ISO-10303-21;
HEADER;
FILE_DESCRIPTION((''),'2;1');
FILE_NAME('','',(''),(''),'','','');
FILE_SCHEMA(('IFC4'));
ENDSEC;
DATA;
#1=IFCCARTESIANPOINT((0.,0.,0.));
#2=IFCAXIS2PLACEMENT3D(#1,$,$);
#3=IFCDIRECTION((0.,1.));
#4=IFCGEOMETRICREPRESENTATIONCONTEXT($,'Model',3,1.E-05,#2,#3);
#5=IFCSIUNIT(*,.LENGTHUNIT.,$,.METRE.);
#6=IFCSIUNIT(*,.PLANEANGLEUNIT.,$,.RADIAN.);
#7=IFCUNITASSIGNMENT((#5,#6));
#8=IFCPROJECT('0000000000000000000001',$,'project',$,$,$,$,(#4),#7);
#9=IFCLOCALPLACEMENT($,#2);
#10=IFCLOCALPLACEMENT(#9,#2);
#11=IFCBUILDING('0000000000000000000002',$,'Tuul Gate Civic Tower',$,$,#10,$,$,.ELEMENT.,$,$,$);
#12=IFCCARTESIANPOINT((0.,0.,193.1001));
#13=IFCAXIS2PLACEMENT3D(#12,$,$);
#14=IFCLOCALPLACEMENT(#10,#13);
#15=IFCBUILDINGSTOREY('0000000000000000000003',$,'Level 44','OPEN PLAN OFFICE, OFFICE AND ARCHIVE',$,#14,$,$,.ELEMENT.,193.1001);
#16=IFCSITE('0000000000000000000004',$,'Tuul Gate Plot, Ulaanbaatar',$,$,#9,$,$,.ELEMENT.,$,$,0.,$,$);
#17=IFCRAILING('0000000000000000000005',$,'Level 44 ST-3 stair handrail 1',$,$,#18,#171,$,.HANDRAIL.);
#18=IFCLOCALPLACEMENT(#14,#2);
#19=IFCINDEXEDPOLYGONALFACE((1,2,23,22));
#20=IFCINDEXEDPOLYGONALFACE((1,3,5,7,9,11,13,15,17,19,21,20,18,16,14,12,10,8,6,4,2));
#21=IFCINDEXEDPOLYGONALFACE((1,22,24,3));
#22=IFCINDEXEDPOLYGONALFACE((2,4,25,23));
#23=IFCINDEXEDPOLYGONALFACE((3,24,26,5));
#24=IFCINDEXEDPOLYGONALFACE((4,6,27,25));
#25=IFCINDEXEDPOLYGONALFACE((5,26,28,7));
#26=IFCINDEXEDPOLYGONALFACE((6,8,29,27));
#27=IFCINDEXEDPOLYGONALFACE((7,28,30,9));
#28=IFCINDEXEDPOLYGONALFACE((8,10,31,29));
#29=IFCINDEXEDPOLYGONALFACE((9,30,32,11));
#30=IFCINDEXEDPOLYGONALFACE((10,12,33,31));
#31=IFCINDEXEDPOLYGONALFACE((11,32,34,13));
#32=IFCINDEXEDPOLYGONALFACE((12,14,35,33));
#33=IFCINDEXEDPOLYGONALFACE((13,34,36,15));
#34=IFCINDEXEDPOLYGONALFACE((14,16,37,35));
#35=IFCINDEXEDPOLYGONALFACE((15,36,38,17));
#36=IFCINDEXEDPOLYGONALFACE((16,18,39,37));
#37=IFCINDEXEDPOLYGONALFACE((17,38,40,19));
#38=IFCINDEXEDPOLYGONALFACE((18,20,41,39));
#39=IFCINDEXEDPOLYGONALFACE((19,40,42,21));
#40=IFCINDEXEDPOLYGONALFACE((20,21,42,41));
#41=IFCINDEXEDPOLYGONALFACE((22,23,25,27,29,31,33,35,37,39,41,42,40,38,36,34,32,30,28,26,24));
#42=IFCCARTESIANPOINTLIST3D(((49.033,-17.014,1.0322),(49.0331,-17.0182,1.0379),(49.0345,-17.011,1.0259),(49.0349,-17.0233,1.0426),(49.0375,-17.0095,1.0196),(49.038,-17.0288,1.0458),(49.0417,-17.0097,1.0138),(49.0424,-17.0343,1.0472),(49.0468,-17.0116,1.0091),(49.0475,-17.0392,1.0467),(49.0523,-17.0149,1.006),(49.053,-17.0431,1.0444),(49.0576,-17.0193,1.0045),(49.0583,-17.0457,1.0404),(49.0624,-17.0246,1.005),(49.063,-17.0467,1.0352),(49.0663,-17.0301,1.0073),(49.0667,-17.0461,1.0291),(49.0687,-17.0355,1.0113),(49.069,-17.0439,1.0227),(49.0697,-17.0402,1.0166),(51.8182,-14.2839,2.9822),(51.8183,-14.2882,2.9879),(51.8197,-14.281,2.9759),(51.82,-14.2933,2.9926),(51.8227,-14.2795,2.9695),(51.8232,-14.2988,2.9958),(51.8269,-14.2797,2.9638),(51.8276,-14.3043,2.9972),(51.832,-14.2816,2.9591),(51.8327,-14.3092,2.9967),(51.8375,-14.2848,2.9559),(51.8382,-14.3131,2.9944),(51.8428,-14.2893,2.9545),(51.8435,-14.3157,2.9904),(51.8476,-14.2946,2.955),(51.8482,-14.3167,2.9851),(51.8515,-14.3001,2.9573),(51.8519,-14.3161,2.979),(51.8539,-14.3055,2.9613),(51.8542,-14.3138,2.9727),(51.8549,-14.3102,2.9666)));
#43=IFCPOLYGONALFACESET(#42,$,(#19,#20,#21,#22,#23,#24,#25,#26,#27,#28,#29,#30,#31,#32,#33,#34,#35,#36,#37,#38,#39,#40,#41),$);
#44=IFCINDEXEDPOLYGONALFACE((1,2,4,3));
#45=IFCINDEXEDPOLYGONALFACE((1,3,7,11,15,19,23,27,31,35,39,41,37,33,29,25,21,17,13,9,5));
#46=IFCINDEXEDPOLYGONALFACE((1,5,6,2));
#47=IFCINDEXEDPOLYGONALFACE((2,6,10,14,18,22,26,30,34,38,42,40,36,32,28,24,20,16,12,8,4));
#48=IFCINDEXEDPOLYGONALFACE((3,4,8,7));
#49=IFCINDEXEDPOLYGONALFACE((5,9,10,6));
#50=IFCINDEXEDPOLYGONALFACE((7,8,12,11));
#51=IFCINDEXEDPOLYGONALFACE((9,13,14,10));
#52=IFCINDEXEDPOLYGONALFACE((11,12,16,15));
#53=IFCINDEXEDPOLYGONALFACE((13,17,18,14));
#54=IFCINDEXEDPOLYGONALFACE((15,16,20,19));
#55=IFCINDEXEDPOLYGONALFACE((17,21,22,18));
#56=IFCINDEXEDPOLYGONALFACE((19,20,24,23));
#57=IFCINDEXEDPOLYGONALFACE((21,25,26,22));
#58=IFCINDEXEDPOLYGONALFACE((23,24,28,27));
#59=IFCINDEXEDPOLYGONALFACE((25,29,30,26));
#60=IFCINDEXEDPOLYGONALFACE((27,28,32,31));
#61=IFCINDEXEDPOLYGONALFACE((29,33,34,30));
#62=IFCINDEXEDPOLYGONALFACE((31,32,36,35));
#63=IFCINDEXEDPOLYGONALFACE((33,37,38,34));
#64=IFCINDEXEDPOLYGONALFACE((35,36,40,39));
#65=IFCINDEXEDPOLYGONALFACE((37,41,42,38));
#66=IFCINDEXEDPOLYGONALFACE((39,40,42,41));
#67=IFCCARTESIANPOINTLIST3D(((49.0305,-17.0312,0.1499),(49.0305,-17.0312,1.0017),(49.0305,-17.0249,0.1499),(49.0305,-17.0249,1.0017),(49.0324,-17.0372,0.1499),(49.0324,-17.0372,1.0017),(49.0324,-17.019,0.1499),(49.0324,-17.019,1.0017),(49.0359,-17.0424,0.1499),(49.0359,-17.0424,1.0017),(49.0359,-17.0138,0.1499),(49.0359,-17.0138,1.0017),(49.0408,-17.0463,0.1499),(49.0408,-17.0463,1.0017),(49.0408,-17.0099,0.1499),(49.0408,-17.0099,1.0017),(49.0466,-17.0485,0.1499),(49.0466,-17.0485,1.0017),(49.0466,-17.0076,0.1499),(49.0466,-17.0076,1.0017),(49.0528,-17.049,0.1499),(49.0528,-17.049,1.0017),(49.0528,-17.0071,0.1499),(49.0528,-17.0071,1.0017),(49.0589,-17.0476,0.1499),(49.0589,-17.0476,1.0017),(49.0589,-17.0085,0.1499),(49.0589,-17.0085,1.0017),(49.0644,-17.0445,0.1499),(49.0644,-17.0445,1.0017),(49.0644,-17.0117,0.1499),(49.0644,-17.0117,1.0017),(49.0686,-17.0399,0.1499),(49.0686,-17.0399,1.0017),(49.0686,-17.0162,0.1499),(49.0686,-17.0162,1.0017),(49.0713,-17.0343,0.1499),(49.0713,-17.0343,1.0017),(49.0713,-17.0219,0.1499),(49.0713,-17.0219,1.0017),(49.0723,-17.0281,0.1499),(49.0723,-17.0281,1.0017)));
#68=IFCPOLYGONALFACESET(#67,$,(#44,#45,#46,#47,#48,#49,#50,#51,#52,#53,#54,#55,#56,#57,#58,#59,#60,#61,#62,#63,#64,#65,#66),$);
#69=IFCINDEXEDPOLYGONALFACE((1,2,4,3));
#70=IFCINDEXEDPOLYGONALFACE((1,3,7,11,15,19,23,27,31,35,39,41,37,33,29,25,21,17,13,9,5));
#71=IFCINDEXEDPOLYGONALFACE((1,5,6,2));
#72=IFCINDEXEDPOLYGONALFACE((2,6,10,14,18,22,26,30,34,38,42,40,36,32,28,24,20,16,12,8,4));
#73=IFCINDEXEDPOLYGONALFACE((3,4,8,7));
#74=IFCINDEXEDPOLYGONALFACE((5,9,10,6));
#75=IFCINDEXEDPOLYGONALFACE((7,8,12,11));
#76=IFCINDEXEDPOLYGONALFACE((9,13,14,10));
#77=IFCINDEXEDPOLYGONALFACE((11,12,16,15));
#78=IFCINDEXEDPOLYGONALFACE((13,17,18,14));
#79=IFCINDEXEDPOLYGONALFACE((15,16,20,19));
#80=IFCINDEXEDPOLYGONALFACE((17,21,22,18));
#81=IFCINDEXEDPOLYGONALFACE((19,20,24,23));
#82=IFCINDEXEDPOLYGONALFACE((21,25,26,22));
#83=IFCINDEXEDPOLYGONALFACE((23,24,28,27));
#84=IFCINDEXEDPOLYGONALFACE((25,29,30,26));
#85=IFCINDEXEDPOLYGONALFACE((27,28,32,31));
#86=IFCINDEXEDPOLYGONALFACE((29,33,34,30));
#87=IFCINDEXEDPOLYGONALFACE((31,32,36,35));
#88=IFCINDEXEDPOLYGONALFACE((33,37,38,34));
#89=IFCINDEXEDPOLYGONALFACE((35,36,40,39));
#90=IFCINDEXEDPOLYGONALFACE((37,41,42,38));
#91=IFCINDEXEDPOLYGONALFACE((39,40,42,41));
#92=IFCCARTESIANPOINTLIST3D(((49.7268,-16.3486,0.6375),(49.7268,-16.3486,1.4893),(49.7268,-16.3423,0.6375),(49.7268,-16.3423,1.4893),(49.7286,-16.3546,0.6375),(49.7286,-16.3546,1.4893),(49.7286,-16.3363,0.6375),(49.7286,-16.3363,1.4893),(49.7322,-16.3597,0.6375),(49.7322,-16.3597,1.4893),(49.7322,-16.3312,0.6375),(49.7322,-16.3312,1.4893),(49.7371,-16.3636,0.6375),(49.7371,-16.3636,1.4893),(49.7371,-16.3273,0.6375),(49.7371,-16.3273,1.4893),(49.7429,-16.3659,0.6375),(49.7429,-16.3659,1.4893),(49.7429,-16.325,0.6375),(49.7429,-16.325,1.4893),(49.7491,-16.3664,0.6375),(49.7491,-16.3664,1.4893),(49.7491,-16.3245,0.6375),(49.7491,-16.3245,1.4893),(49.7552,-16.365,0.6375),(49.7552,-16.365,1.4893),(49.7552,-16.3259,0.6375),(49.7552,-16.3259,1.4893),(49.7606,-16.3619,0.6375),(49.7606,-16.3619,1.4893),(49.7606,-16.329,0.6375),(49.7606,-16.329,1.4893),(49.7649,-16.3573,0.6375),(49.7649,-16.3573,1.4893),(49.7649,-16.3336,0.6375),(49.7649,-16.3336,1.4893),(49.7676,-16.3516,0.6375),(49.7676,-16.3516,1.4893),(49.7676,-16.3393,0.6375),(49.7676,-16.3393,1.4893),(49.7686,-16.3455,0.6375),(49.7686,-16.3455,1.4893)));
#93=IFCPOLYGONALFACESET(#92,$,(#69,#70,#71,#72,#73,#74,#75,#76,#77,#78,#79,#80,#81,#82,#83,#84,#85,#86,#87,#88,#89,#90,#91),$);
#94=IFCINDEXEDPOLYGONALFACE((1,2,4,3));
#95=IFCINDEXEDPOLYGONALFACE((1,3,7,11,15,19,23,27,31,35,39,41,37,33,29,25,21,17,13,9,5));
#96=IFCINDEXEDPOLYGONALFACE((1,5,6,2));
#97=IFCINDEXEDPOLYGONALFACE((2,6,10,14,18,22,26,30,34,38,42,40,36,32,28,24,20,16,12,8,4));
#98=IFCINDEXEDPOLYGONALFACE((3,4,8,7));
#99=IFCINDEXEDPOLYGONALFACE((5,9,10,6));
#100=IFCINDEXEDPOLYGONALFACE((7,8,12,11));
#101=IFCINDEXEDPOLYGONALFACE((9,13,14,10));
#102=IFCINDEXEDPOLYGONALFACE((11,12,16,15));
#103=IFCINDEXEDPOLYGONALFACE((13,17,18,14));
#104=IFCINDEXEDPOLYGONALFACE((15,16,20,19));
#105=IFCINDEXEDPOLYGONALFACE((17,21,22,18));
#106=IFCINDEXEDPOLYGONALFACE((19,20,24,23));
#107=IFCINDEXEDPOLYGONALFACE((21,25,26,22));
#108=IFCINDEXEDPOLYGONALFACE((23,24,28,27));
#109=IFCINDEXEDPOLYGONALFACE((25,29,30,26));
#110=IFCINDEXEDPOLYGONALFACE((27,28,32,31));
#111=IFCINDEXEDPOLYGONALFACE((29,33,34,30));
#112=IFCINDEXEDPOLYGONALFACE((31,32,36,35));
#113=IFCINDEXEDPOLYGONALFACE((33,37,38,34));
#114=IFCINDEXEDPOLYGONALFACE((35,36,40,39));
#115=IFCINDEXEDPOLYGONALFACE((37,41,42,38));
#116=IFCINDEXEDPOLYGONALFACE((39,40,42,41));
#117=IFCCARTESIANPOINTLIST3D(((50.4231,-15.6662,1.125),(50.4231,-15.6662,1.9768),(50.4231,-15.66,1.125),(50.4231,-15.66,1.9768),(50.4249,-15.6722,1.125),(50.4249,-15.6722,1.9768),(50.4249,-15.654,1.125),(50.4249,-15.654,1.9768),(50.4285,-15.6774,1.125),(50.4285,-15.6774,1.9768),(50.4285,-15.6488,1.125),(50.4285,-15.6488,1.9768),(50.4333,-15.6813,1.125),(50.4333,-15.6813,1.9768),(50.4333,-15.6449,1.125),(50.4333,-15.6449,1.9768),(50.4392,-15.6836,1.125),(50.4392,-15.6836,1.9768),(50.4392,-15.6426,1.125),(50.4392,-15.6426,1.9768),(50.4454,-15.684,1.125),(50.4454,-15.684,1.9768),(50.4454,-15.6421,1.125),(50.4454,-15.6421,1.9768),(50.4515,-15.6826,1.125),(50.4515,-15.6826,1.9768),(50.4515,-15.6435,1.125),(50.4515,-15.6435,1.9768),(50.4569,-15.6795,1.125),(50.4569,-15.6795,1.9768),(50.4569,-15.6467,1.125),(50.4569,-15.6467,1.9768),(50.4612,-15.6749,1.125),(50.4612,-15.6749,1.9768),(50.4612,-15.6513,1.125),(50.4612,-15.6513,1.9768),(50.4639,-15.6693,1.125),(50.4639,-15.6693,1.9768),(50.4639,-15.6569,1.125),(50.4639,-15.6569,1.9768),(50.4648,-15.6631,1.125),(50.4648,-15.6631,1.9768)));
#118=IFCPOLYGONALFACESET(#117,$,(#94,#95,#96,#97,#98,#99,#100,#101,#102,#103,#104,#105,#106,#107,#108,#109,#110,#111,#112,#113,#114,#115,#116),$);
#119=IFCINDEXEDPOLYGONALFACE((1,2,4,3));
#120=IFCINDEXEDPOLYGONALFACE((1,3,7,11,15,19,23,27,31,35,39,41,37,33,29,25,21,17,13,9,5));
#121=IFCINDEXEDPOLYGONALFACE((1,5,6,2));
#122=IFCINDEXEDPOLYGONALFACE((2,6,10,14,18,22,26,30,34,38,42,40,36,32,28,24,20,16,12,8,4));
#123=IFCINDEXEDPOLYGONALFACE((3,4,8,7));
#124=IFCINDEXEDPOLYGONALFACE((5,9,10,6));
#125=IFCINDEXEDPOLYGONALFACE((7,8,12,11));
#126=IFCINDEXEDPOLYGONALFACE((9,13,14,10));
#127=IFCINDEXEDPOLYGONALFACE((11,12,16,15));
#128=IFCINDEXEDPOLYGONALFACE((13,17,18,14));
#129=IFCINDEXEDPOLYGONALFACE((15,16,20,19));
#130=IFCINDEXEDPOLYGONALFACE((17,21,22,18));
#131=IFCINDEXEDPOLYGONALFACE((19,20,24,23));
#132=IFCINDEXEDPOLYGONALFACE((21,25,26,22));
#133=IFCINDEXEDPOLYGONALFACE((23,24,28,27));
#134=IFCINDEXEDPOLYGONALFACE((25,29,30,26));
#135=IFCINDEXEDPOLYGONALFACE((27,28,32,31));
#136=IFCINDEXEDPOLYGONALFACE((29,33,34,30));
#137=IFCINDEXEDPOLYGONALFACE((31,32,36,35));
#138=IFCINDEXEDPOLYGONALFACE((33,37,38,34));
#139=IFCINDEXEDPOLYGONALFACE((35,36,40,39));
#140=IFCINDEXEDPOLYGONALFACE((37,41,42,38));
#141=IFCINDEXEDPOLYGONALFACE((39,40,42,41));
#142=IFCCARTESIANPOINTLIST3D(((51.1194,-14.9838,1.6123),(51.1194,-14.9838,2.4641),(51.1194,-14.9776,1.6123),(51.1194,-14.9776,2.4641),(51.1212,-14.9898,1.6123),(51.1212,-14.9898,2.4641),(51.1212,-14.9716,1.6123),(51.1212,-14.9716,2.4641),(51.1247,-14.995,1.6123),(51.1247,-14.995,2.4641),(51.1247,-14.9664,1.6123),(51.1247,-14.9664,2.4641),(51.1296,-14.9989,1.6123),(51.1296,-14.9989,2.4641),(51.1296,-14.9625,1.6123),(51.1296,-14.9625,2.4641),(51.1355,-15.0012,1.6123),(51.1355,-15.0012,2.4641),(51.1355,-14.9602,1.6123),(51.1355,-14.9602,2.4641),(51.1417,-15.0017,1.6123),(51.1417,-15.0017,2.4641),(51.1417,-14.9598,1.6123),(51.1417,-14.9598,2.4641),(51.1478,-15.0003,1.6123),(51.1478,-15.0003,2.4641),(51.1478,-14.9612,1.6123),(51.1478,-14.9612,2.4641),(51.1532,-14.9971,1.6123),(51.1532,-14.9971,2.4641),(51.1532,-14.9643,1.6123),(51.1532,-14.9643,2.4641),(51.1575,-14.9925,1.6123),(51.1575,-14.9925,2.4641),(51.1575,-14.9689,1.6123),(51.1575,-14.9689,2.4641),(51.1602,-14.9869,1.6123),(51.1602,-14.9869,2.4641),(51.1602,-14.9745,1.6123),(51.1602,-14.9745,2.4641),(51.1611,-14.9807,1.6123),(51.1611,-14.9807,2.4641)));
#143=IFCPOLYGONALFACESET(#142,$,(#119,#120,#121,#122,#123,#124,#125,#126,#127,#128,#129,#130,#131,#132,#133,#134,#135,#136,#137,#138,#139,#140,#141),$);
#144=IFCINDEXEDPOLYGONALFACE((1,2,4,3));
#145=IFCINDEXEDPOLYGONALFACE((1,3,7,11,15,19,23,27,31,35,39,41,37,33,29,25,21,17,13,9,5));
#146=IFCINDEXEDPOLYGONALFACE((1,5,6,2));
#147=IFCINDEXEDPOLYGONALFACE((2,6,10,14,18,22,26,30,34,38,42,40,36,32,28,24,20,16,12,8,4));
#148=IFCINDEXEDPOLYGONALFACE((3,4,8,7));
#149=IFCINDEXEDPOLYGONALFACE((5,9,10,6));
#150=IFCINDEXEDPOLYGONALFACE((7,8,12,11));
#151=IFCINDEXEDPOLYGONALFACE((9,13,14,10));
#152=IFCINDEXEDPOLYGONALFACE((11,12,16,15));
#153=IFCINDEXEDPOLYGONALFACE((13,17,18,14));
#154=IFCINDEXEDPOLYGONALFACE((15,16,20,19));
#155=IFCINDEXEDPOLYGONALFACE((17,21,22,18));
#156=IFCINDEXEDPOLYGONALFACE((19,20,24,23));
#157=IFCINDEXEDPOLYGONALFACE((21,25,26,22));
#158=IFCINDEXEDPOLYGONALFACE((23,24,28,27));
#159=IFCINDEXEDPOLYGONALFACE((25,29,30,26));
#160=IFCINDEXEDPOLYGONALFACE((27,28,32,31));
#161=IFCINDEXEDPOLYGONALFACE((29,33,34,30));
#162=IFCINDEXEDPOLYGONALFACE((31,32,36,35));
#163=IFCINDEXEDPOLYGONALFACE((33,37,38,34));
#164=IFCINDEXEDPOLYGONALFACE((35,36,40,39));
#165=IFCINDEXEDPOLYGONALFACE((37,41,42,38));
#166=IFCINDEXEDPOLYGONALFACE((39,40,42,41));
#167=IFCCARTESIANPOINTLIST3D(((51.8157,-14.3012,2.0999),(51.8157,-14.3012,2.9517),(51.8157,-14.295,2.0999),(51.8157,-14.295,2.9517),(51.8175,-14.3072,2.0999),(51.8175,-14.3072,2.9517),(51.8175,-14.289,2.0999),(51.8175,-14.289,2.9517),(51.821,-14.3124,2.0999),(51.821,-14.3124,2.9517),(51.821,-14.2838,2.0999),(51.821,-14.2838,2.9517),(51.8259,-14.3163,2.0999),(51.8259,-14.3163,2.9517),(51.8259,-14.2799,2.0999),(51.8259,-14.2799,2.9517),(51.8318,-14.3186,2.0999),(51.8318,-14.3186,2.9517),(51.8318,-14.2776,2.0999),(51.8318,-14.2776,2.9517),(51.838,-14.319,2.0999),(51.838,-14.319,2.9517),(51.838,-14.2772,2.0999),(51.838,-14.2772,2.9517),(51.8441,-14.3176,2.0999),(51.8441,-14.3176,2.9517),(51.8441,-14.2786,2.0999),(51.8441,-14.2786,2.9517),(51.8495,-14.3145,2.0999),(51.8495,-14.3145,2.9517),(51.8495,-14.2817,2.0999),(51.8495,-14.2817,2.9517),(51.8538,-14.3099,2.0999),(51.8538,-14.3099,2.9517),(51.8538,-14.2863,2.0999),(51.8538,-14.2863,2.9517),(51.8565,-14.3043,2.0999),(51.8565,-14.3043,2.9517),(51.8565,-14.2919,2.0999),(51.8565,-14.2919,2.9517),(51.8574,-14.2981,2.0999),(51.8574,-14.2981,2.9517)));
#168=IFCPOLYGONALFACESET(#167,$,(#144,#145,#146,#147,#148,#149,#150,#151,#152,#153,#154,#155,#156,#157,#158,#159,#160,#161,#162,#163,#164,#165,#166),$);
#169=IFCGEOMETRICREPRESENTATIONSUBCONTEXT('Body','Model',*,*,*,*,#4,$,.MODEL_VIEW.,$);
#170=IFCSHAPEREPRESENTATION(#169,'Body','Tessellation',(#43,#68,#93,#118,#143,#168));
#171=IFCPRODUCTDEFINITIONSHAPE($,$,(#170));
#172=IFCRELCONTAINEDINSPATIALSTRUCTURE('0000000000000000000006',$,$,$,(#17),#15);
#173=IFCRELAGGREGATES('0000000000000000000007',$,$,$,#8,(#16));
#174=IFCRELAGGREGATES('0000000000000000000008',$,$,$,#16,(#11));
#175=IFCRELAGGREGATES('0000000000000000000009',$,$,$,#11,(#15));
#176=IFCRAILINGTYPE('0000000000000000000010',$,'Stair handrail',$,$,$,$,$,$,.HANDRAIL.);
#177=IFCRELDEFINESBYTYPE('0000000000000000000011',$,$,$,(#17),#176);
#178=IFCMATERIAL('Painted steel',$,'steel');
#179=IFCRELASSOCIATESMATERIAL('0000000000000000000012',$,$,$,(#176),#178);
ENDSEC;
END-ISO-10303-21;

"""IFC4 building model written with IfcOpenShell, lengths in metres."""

from ifc_helpers import new_model, si_unit, direction, frame, origin, origin_2d, place, context, subcontext, project, spatial, circle, extrude, material, type_object, element, save


model = new_model("IFC4")

# Units and contexts
model_context = context("Model", 3, precision=1e-05, world=origin(), true_north=direction((0.0, 1.0)))
body_context = subcontext(model_context, "Body", "Model", "MODEL_VIEW")
ifc_project = project(units=[si_unit("LENGTHUNIT", "METRE"), si_unit("PLANEANGLEUNIT", "RADIAN")], contexts=[model_context])

# Site, building, storey
site_placement = place(None, origin())
site = spatial("IfcSite", under=ifc_project, at=site_placement, Name="Tuul Gate Plot, Ulaanbaatar", CompositionType="ELEMENT", RefElevation=0.0)
building_placement = place(site_placement, origin())
building = spatial("IfcBuilding", under=site, at=building_placement, Name="Tuul Gate Civic Tower", CompositionType="ELEMENT")
storey_placement = place(building_placement, frame((0.0, 0.0, 193.1001)))
storey = spatial("IfcBuildingStorey", under=building, at=storey_placement, Name="Level 44", Description="OPEN PLAN OFFICE, OFFICE AND ARCHIVE", CompositionType="ELEMENT", Elevation=193.1001)

# Railing
ifc_material_1 = material(Name="Painted steel", Category="steel")
railing_type_1 = type_object("IfcRailingType", Name="Stair handrail", PredefinedType="HANDRAIL", material=ifc_material_1)
railing_1_placement = place(storey_placement, frame((49.0513, -17.0281, 0.1499)))
element("IfcRailing", 1, at=railing_1_placement, inside=storey, type_object=railing_type_1, Name="Level 44 ST-3 stair handrail 1", PredefinedType="HANDRAIL", context=body_context, shape_type="SweptSolid", body=[
    extrude(circle(Radius=0.0239, at=origin_2d()), frame((0.0, 0.0, 0.876), z_axis=(0.638754, 0.6261, 0.447206), x_axis=(-0.699998, 0.714145, 0.0)), (0.0, 0.0, 1.0), 4.3604),
    extrude(circle(Radius=0.021, at=origin_2d()), origin(), (0.0, 0.0, 1.0), 0.8518),
    extrude(circle(Radius=0.021, at=origin_2d()), frame((0.6963, 0.6826, 0.4875)), (0.0, 0.0, 1.0), 0.8518),
    extrude(circle(Radius=0.021, at=origin_2d()), frame((1.3926, 1.365, 0.9751)), (0.0, 0.0, 1.0), 0.8518),
    extrude(circle(Radius=0.021, at=origin_2d()), frame((2.0889, 2.0474, 1.4624)), (0.0, 0.0, 1.0), 0.8518),
    extrude(circle(Radius=0.021, at=origin_2d()), frame((2.7852, 2.73, 1.95)), (0.0, 0.0, 1.0), 0.8518),
])

save(model, "model.ifc")
